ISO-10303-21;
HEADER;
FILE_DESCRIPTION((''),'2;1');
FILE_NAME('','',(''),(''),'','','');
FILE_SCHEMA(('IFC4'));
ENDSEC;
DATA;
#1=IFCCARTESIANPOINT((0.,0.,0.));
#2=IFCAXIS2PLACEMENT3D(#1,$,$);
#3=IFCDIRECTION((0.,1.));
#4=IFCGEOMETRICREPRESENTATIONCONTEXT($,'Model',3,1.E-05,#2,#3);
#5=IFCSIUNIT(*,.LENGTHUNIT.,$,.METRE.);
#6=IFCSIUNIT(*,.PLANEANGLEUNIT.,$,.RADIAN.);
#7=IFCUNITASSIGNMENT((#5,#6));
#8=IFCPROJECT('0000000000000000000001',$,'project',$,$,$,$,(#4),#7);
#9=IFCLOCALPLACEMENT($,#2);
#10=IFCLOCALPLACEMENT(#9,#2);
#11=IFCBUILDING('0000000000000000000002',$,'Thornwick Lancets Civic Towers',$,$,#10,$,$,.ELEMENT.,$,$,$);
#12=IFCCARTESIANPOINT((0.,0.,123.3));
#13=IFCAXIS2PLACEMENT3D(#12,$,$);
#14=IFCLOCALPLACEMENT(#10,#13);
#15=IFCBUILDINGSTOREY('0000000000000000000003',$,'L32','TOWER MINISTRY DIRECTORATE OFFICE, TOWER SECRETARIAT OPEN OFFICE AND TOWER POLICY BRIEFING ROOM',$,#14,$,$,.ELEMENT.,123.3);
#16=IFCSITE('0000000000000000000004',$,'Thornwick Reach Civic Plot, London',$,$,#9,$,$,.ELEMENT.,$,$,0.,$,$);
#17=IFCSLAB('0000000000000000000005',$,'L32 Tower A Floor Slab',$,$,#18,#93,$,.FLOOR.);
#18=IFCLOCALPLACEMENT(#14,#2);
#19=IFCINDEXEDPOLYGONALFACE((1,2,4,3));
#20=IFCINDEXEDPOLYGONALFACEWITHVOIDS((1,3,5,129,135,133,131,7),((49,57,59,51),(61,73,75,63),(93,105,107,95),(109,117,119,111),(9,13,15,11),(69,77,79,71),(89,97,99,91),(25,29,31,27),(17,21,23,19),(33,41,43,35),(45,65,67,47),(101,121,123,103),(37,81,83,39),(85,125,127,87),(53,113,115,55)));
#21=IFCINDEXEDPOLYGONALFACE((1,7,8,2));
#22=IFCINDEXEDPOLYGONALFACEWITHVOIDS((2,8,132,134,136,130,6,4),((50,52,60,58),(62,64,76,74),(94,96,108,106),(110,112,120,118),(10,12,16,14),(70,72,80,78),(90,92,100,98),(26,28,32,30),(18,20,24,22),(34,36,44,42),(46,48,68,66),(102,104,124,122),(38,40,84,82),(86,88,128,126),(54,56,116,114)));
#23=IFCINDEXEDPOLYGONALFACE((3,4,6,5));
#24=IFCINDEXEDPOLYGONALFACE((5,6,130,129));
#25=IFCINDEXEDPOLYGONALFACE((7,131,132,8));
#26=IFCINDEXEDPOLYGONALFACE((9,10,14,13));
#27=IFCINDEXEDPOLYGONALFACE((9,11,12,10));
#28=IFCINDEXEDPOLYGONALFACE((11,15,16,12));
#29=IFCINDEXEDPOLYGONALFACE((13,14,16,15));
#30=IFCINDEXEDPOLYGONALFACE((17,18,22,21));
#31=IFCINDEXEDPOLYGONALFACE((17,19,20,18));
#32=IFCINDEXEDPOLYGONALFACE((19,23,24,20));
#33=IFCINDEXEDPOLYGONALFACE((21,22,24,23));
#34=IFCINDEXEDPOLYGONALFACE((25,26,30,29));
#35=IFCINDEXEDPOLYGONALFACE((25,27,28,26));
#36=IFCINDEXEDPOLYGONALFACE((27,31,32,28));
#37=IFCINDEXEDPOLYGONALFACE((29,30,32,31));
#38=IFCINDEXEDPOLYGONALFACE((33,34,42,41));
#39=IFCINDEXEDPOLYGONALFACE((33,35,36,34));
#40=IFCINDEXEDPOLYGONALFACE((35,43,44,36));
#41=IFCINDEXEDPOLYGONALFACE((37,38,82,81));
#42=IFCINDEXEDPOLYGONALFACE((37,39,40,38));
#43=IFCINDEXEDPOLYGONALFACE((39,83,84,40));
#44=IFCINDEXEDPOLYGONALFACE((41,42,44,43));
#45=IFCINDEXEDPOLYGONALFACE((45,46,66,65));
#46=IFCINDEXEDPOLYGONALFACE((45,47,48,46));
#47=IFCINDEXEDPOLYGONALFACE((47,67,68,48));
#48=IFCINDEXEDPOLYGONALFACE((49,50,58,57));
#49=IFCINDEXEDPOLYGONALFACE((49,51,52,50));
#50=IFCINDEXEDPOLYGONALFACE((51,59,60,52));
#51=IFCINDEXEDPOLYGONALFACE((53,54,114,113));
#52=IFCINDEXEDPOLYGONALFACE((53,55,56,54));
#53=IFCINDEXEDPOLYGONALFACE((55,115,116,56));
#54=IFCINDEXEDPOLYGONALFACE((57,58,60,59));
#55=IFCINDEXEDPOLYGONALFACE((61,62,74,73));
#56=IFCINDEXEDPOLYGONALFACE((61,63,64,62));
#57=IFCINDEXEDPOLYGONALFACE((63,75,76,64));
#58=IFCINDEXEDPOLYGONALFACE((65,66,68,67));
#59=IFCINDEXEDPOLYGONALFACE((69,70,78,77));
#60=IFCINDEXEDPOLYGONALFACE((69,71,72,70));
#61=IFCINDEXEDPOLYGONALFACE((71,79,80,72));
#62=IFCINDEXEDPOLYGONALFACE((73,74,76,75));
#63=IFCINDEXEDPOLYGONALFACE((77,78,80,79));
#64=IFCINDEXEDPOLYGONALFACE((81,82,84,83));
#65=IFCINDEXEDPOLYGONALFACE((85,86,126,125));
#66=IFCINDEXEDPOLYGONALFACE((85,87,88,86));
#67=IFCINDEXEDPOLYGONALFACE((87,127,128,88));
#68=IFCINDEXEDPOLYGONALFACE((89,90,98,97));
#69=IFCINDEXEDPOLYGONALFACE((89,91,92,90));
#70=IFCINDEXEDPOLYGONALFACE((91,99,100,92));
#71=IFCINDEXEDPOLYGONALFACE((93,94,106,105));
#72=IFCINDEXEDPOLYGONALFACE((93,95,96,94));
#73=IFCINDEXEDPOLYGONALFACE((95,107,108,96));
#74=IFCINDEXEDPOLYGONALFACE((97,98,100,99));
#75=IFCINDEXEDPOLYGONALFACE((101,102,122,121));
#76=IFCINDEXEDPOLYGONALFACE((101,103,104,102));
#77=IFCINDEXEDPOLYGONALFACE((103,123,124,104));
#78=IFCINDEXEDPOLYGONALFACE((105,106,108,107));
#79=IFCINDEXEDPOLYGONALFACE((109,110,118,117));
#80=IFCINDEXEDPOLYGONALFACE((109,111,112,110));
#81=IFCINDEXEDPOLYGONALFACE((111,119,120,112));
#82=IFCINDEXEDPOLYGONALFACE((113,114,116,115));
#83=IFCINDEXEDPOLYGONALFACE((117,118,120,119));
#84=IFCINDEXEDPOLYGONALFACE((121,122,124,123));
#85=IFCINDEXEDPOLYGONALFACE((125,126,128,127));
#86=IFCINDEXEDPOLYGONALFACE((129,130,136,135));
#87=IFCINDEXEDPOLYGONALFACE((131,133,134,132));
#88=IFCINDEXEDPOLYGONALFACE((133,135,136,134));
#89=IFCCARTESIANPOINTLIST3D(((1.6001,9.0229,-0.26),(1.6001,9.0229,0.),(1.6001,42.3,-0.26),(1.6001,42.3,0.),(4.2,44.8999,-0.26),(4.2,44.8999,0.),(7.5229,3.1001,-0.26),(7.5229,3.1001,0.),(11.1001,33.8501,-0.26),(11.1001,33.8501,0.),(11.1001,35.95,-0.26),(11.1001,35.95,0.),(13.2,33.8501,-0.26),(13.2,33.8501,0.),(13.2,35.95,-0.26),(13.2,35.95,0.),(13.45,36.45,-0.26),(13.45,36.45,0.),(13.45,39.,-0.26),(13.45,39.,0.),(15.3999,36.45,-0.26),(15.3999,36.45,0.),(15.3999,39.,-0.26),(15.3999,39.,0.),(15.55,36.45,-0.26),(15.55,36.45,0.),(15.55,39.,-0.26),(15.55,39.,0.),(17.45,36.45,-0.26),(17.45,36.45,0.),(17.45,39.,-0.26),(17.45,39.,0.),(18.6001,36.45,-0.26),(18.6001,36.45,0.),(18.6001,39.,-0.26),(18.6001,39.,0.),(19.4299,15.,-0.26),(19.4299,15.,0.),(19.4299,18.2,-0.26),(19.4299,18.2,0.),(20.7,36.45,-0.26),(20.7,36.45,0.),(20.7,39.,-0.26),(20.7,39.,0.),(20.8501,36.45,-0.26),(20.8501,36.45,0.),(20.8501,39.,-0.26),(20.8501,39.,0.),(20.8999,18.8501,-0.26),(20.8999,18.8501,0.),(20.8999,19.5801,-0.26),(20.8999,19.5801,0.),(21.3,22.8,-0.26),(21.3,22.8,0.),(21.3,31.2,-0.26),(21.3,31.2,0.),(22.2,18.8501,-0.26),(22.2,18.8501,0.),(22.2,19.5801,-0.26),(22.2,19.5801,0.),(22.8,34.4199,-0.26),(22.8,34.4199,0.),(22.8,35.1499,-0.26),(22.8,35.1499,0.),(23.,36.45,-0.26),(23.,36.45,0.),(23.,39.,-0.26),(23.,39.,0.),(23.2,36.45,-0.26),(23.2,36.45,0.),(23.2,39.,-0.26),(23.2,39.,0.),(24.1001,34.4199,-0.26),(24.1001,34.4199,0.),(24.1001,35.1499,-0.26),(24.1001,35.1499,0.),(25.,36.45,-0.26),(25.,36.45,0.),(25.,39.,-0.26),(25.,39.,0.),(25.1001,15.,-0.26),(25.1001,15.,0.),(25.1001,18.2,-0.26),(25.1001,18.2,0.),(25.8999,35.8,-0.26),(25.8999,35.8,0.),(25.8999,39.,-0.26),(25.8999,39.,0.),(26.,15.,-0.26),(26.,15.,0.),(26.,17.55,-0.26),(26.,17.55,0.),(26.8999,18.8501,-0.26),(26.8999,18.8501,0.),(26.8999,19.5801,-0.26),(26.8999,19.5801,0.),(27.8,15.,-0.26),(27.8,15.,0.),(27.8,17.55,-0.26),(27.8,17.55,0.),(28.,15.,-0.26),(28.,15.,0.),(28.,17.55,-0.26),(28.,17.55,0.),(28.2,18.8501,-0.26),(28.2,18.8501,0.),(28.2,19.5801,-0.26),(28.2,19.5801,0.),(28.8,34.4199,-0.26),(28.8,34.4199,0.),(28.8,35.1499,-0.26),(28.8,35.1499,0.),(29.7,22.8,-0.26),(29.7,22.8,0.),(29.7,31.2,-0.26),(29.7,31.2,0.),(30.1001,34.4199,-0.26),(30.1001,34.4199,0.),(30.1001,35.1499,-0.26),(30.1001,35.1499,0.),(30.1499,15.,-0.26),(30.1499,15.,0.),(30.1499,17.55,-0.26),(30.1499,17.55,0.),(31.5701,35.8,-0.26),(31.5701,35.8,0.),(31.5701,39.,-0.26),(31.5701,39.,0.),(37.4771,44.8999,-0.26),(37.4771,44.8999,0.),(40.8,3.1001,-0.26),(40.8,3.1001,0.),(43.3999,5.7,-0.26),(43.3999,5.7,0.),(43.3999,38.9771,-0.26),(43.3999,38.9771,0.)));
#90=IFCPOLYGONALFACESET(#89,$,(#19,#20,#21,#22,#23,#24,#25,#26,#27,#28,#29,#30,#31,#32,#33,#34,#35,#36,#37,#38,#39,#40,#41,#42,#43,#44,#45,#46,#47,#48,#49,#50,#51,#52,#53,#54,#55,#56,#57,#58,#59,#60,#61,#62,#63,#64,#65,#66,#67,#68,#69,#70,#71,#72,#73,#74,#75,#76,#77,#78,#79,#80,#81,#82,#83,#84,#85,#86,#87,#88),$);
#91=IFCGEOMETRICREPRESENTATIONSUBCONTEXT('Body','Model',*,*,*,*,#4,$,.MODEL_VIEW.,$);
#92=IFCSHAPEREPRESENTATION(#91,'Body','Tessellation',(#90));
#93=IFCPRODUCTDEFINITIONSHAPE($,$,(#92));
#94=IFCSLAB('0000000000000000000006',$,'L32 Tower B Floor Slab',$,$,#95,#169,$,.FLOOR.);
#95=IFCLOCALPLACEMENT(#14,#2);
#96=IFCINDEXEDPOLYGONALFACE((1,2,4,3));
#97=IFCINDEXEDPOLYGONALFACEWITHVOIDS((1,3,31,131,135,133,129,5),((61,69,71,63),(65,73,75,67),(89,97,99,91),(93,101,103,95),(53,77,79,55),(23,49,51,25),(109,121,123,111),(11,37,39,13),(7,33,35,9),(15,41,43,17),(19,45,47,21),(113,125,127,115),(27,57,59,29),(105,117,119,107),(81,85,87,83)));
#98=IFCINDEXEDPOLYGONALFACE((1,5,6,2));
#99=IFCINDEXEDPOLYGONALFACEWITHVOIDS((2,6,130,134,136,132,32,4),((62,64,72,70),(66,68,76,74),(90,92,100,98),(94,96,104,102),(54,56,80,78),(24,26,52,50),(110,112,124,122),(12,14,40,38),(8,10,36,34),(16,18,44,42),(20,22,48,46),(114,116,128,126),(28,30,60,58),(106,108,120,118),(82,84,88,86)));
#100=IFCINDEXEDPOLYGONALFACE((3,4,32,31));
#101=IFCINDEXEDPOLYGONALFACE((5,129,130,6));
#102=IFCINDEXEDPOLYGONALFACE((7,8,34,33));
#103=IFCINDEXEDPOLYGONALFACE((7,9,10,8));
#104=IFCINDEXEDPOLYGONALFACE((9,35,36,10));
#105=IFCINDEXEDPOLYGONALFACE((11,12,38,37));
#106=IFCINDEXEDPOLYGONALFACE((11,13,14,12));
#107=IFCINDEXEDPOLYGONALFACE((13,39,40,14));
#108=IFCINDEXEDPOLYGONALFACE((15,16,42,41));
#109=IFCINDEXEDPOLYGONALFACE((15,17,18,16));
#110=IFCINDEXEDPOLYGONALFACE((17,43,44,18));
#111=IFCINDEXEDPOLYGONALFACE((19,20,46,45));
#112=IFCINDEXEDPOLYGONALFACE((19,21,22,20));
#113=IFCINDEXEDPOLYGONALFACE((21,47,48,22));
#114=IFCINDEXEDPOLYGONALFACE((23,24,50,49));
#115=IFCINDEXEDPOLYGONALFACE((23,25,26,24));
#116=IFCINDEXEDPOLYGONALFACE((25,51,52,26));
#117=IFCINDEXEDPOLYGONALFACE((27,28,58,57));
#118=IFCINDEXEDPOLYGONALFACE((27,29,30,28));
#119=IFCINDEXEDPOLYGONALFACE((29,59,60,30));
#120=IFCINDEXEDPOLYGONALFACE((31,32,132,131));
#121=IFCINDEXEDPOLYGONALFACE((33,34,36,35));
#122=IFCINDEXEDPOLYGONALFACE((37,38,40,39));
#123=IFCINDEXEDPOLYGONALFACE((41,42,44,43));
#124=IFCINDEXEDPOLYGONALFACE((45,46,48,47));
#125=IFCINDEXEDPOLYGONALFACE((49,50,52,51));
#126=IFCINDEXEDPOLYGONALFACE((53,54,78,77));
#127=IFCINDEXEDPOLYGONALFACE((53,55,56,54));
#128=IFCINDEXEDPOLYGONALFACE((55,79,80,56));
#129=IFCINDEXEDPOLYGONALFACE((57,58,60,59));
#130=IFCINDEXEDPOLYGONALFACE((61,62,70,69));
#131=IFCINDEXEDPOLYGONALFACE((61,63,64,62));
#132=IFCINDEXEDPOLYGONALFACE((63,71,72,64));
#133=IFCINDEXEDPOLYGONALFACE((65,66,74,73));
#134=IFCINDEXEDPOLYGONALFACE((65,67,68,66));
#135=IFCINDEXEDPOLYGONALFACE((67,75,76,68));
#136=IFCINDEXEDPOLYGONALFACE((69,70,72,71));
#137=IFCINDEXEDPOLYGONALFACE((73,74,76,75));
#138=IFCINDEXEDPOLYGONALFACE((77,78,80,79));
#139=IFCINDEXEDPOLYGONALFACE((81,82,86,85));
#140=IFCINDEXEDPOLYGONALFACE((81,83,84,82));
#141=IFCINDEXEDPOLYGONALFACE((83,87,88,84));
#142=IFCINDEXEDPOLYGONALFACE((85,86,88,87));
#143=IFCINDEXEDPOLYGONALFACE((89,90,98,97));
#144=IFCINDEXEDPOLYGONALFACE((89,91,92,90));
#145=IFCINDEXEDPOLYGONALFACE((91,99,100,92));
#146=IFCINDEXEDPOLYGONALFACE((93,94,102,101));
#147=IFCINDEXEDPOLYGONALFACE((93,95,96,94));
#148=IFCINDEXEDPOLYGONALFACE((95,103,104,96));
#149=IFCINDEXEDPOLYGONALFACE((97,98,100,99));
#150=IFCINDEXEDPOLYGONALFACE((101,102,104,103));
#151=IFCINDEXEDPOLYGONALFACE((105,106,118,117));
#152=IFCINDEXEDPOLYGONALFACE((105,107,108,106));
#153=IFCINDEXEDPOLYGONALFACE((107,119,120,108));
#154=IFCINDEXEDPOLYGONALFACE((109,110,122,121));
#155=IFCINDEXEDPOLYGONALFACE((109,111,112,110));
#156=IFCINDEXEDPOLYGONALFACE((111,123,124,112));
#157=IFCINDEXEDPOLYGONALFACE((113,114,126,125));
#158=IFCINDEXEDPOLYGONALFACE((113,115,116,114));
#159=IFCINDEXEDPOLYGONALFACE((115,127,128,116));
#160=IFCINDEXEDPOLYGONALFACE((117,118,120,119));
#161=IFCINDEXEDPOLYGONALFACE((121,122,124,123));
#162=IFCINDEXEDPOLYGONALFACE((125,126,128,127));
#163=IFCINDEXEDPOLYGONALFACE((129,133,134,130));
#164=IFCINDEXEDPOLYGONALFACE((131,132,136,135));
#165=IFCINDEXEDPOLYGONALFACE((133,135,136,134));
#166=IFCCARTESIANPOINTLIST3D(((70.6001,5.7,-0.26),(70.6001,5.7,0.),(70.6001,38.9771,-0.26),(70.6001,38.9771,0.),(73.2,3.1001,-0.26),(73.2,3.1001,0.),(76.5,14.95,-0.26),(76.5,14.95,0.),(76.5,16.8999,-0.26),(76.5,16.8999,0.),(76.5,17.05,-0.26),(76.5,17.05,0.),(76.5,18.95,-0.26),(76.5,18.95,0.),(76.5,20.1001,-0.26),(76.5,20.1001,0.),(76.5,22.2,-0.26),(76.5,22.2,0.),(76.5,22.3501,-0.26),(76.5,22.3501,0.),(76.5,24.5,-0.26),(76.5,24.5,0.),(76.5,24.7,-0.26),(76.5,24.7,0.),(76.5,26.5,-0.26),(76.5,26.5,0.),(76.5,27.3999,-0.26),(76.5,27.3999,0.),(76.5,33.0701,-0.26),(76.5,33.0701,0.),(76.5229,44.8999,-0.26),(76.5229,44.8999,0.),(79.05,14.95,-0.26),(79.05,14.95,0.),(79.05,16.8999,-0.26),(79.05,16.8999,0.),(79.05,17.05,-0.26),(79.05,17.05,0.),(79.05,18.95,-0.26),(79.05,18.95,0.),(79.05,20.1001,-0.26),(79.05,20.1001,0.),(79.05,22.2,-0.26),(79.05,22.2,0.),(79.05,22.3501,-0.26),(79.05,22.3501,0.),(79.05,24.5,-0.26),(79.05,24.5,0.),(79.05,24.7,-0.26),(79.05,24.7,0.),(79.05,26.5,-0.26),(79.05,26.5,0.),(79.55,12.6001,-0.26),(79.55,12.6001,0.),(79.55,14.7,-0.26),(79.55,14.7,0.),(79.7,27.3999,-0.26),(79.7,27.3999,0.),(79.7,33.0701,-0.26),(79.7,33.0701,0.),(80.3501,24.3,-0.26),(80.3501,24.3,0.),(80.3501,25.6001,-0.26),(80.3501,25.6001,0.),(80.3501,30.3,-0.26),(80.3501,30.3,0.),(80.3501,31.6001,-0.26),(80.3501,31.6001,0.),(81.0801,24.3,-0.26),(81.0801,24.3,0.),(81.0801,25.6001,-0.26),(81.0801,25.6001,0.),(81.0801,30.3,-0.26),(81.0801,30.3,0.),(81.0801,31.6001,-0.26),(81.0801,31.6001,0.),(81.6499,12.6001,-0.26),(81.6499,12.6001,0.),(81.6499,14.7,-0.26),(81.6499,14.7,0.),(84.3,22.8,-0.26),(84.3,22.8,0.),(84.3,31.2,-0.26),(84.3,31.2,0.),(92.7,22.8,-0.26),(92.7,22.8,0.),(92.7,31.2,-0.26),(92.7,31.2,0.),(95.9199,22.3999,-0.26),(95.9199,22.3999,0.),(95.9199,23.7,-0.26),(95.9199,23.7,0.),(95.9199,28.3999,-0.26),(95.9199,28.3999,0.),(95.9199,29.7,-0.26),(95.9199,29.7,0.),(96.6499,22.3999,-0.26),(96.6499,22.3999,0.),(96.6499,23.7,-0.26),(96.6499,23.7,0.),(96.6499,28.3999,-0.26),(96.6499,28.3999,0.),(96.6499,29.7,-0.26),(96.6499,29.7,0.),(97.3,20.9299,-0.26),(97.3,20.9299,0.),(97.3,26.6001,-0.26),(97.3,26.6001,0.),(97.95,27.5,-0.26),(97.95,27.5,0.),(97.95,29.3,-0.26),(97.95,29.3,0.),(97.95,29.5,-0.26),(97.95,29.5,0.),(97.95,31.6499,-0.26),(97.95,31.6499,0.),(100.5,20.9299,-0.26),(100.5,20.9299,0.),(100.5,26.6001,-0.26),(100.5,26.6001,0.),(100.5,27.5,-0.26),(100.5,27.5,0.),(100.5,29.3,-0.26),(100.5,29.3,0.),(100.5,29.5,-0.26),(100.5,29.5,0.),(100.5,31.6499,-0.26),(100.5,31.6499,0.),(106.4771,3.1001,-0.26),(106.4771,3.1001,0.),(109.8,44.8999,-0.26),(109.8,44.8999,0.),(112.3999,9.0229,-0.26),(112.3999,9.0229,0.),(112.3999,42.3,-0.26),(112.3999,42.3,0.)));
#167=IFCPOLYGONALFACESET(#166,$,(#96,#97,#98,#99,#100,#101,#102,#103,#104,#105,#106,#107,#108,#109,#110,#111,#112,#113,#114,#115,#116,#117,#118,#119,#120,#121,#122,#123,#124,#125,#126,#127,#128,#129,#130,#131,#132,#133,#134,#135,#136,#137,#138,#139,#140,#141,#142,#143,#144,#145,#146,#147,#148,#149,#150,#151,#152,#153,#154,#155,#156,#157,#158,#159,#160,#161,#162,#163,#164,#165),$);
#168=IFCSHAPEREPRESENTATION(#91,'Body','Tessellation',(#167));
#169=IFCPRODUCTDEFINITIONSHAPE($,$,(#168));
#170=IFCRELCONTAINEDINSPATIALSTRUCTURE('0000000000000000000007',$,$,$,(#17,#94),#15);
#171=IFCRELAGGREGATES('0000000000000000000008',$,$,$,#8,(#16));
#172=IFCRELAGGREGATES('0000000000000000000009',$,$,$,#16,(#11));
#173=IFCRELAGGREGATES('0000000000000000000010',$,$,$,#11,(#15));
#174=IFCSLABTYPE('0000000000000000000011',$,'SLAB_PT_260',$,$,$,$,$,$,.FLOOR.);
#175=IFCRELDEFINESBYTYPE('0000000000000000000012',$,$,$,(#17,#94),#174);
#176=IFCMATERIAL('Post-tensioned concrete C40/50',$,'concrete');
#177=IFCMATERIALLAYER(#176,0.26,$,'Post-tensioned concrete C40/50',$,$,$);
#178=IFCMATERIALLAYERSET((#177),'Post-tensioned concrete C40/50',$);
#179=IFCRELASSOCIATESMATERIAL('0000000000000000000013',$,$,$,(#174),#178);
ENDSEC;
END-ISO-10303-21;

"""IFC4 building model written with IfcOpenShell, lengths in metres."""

from ifc_helpers import new_model, si_unit, direction, frame, origin, place, context, subcontext, project, spatial, polyline, outline, extrude, material, layer, layer_set, type_object, element, save


model = new_model("IFC4")

# Units and contexts
model_context = context("Model", 3, precision=1e-05, world=origin(), true_north=direction((0.0, 1.0)))
body_context = subcontext(model_context, "Body", "Model", "MODEL_VIEW")
ifc_project = project(units=[si_unit("LENGTHUNIT", "METRE"), si_unit("PLANEANGLEUNIT", "RADIAN")], contexts=[model_context])

# Site, building, storey
site_placement = place(None, origin())
site = spatial("IfcSite", under=ifc_project, at=site_placement, Name="Thornwick Reach Civic Plot, London", CompositionType="ELEMENT", RefElevation=0.0)
building_placement = place(site_placement, origin())
building = spatial("IfcBuilding", under=site, at=building_placement, Name="Thornwick Lancets Civic Towers", CompositionType="ELEMENT")
storey_placement = place(building_placement, frame((0.0, 0.0, 123.3)))
storey = spatial("IfcBuildingStorey", under=building, at=storey_placement, Name="L32", Description="TOWER MINISTRY DIRECTORATE OFFICE, TOWER SECRETARIAT OPEN OFFICE AND TOWER POLICY BRIEFING ROOM", CompositionType="ELEMENT", Elevation=123.3)

# Shared definitions
ifc_material_1 = material(Name="Post-tensioned concrete C40/50", Category="concrete")

# Slabs
ifc_layer_1 = layer(ifc_material_1, 0.26, Name="Post-tensioned concrete C40/50")
ifc_layer_set_1 = layer_set([ifc_layer_1], Name="Post-tensioned concrete C40/50")
slab_type_1 = type_object("IfcSlabType", Name="SLAB_PT_260", PredefinedType="FLOOR", material=ifc_layer_set_1)
slab_1_placement = place(storey_placement, frame((0.0, 0.0, -0.26)))
element("IfcSlab", 1, at=slab_1_placement, inside=storey, type_object=slab_type_1, Name="L32 Tower A Floor Slab", PredefinedType="FLOOR", context=body_context, shape_type="SweptSolid", body=[
    extrude(outline(polyline([(7.5229, 3.1001), (40.8, 3.1001), (43.3999, 5.7), (43.3999, 38.9771), (37.4771, 44.8999), (4.2, 44.8999), (1.6001, 42.3), (1.6001, 9.0229), (7.5229, 3.1001)]), holes=[polyline([(21.3, 22.8), (29.7, 22.8), (29.7, 31.2), (21.3, 31.2), (21.3, 22.8)]), polyline([(19.4299, 15.0), (25.1001, 15.0), (25.1001, 18.2), (19.4299, 18.2), (19.4299, 15.0)]), polyline([(31.5701, 39.0), (25.8999, 39.0), (25.8999, 35.8), (31.5701, 35.8), (31.5701, 39.0)]), polyline([(26.0, 15.0), (27.8, 15.0), (27.8, 17.55), (26.0, 17.55), (26.0, 15.0)]), polyline([(28.0, 15.0), (30.1499, 15.0), (30.1499, 17.55), (28.0, 17.55), (28.0, 15.0)]), polyline([(23.2, 36.45), (25.0, 36.45), (25.0, 39.0), (23.2, 39.0), (23.2, 36.45)]), polyline([(20.8501, 36.45), (23.0, 36.45), (23.0, 39.0), (20.8501, 39.0), (20.8501, 36.45)]), polyline([(18.6001, 36.45), (20.7, 36.45), (20.7, 39.0), (18.6001, 39.0), (18.6001, 36.45)]), polyline([(15.55, 36.45), (17.45, 36.45), (17.45, 39.0), (15.55, 39.0), (15.55, 36.45)]), polyline([(13.45, 36.45), (15.3999, 36.45), (15.3999, 39.0), (13.45, 39.0), (13.45, 36.45)]), polyline([(11.1001, 33.8501), (13.2, 33.8501), (13.2, 35.95), (11.1001, 35.95), (11.1001, 33.8501)]), polyline([(26.8999, 18.8501), (28.2, 18.8501), (28.2, 19.5801), (26.8999, 19.5801), (26.8999, 18.8501)]), polyline([(20.8999, 18.8501), (22.2, 18.8501), (22.2, 19.5801), (20.8999, 19.5801), (20.8999, 18.8501)]), polyline([(22.8, 34.4199), (24.1001, 34.4199), (24.1001, 35.1499), (22.8, 35.1499), (22.8, 34.4199)]), polyline([(28.8, 34.4199), (30.1001, 34.4199), (30.1001, 35.1499), (28.8, 35.1499), (28.8, 34.4199)])]), origin(), (0.0, 0.0, 1.0), 0.26),
])
slab_2_placement = place(storey_placement, frame((0.0, 0.0, -0.26)))
element("IfcSlab", 2, at=slab_2_placement, inside=storey, type_object=slab_type_1, Name="L32 Tower B Floor Slab", PredefinedType="FLOOR", context=body_context, shape_type="SweptSolid", body=[
    extrude(outline(polyline([(73.2, 3.1001), (106.4771, 3.1001), (112.3999, 9.0229), (112.3999, 42.3), (109.8, 44.8999), (76.5229, 44.8999), (70.6001, 38.9771), (70.6001, 5.7), (73.2, 3.1001)]), holes=[polyline([(84.3, 22.8), (92.7, 22.8), (92.7, 31.2), (84.3, 31.2), (84.3, 22.8)]), polyline([(100.5, 20.9299), (100.5, 26.6001), (97.3, 26.6001), (97.3, 20.9299), (100.5, 20.9299)]), polyline([(76.5, 33.0701), (76.5, 27.3999), (79.7, 27.3999), (79.7, 33.0701), (76.5, 33.0701)]), polyline([(97.95, 27.5), (100.5, 27.5), (100.5, 29.3), (97.95, 29.3), (97.95, 27.5)]), polyline([(97.95, 29.5), (100.5, 29.5), (100.5, 31.6499), (97.95, 31.6499), (97.95, 29.5)]), polyline([(76.5, 24.7), (79.05, 24.7), (79.05, 26.5), (76.5, 26.5), (76.5, 24.7)]), polyline([(76.5, 22.3501), (79.05, 22.3501), (79.05, 24.5), (76.5, 24.5), (76.5, 22.3501)]), polyline([(76.5, 20.1001), (79.05, 20.1001), (79.05, 22.2), (76.5, 22.2), (76.5, 20.1001)]), polyline([(76.5, 17.05), (79.05, 17.05), (79.05, 18.95), (76.5, 18.95), (76.5, 17.05)]), polyline([(76.5, 14.95), (79.05, 14.95), (79.05, 16.8999), (76.5, 16.8999), (76.5, 14.95)]), polyline([(79.55, 12.6001), (81.6499, 12.6001), (81.6499, 14.7), (79.55, 14.7), (79.55, 12.6001)]), polyline([(95.9199, 28.3999), (96.6499, 28.3999), (96.6499, 29.7), (95.9199, 29.7), (95.9199, 28.3999)]), polyline([(95.9199, 22.3999), (96.6499, 22.3999), (96.6499, 23.7), (95.9199, 23.7), (95.9199, 22.3999)]), polyline([(80.3501, 24.3), (81.0801, 24.3), (81.0801, 25.6001), (80.3501, 25.6001), (80.3501, 24.3)]), polyline([(80.3501, 30.3), (81.0801, 30.3), (81.0801, 31.6001), (80.3501, 31.6001), (80.3501, 30.3)])]), origin(), (0.0, 0.0, 1.0), 0.26),
])

save(model, "model.ifc")
